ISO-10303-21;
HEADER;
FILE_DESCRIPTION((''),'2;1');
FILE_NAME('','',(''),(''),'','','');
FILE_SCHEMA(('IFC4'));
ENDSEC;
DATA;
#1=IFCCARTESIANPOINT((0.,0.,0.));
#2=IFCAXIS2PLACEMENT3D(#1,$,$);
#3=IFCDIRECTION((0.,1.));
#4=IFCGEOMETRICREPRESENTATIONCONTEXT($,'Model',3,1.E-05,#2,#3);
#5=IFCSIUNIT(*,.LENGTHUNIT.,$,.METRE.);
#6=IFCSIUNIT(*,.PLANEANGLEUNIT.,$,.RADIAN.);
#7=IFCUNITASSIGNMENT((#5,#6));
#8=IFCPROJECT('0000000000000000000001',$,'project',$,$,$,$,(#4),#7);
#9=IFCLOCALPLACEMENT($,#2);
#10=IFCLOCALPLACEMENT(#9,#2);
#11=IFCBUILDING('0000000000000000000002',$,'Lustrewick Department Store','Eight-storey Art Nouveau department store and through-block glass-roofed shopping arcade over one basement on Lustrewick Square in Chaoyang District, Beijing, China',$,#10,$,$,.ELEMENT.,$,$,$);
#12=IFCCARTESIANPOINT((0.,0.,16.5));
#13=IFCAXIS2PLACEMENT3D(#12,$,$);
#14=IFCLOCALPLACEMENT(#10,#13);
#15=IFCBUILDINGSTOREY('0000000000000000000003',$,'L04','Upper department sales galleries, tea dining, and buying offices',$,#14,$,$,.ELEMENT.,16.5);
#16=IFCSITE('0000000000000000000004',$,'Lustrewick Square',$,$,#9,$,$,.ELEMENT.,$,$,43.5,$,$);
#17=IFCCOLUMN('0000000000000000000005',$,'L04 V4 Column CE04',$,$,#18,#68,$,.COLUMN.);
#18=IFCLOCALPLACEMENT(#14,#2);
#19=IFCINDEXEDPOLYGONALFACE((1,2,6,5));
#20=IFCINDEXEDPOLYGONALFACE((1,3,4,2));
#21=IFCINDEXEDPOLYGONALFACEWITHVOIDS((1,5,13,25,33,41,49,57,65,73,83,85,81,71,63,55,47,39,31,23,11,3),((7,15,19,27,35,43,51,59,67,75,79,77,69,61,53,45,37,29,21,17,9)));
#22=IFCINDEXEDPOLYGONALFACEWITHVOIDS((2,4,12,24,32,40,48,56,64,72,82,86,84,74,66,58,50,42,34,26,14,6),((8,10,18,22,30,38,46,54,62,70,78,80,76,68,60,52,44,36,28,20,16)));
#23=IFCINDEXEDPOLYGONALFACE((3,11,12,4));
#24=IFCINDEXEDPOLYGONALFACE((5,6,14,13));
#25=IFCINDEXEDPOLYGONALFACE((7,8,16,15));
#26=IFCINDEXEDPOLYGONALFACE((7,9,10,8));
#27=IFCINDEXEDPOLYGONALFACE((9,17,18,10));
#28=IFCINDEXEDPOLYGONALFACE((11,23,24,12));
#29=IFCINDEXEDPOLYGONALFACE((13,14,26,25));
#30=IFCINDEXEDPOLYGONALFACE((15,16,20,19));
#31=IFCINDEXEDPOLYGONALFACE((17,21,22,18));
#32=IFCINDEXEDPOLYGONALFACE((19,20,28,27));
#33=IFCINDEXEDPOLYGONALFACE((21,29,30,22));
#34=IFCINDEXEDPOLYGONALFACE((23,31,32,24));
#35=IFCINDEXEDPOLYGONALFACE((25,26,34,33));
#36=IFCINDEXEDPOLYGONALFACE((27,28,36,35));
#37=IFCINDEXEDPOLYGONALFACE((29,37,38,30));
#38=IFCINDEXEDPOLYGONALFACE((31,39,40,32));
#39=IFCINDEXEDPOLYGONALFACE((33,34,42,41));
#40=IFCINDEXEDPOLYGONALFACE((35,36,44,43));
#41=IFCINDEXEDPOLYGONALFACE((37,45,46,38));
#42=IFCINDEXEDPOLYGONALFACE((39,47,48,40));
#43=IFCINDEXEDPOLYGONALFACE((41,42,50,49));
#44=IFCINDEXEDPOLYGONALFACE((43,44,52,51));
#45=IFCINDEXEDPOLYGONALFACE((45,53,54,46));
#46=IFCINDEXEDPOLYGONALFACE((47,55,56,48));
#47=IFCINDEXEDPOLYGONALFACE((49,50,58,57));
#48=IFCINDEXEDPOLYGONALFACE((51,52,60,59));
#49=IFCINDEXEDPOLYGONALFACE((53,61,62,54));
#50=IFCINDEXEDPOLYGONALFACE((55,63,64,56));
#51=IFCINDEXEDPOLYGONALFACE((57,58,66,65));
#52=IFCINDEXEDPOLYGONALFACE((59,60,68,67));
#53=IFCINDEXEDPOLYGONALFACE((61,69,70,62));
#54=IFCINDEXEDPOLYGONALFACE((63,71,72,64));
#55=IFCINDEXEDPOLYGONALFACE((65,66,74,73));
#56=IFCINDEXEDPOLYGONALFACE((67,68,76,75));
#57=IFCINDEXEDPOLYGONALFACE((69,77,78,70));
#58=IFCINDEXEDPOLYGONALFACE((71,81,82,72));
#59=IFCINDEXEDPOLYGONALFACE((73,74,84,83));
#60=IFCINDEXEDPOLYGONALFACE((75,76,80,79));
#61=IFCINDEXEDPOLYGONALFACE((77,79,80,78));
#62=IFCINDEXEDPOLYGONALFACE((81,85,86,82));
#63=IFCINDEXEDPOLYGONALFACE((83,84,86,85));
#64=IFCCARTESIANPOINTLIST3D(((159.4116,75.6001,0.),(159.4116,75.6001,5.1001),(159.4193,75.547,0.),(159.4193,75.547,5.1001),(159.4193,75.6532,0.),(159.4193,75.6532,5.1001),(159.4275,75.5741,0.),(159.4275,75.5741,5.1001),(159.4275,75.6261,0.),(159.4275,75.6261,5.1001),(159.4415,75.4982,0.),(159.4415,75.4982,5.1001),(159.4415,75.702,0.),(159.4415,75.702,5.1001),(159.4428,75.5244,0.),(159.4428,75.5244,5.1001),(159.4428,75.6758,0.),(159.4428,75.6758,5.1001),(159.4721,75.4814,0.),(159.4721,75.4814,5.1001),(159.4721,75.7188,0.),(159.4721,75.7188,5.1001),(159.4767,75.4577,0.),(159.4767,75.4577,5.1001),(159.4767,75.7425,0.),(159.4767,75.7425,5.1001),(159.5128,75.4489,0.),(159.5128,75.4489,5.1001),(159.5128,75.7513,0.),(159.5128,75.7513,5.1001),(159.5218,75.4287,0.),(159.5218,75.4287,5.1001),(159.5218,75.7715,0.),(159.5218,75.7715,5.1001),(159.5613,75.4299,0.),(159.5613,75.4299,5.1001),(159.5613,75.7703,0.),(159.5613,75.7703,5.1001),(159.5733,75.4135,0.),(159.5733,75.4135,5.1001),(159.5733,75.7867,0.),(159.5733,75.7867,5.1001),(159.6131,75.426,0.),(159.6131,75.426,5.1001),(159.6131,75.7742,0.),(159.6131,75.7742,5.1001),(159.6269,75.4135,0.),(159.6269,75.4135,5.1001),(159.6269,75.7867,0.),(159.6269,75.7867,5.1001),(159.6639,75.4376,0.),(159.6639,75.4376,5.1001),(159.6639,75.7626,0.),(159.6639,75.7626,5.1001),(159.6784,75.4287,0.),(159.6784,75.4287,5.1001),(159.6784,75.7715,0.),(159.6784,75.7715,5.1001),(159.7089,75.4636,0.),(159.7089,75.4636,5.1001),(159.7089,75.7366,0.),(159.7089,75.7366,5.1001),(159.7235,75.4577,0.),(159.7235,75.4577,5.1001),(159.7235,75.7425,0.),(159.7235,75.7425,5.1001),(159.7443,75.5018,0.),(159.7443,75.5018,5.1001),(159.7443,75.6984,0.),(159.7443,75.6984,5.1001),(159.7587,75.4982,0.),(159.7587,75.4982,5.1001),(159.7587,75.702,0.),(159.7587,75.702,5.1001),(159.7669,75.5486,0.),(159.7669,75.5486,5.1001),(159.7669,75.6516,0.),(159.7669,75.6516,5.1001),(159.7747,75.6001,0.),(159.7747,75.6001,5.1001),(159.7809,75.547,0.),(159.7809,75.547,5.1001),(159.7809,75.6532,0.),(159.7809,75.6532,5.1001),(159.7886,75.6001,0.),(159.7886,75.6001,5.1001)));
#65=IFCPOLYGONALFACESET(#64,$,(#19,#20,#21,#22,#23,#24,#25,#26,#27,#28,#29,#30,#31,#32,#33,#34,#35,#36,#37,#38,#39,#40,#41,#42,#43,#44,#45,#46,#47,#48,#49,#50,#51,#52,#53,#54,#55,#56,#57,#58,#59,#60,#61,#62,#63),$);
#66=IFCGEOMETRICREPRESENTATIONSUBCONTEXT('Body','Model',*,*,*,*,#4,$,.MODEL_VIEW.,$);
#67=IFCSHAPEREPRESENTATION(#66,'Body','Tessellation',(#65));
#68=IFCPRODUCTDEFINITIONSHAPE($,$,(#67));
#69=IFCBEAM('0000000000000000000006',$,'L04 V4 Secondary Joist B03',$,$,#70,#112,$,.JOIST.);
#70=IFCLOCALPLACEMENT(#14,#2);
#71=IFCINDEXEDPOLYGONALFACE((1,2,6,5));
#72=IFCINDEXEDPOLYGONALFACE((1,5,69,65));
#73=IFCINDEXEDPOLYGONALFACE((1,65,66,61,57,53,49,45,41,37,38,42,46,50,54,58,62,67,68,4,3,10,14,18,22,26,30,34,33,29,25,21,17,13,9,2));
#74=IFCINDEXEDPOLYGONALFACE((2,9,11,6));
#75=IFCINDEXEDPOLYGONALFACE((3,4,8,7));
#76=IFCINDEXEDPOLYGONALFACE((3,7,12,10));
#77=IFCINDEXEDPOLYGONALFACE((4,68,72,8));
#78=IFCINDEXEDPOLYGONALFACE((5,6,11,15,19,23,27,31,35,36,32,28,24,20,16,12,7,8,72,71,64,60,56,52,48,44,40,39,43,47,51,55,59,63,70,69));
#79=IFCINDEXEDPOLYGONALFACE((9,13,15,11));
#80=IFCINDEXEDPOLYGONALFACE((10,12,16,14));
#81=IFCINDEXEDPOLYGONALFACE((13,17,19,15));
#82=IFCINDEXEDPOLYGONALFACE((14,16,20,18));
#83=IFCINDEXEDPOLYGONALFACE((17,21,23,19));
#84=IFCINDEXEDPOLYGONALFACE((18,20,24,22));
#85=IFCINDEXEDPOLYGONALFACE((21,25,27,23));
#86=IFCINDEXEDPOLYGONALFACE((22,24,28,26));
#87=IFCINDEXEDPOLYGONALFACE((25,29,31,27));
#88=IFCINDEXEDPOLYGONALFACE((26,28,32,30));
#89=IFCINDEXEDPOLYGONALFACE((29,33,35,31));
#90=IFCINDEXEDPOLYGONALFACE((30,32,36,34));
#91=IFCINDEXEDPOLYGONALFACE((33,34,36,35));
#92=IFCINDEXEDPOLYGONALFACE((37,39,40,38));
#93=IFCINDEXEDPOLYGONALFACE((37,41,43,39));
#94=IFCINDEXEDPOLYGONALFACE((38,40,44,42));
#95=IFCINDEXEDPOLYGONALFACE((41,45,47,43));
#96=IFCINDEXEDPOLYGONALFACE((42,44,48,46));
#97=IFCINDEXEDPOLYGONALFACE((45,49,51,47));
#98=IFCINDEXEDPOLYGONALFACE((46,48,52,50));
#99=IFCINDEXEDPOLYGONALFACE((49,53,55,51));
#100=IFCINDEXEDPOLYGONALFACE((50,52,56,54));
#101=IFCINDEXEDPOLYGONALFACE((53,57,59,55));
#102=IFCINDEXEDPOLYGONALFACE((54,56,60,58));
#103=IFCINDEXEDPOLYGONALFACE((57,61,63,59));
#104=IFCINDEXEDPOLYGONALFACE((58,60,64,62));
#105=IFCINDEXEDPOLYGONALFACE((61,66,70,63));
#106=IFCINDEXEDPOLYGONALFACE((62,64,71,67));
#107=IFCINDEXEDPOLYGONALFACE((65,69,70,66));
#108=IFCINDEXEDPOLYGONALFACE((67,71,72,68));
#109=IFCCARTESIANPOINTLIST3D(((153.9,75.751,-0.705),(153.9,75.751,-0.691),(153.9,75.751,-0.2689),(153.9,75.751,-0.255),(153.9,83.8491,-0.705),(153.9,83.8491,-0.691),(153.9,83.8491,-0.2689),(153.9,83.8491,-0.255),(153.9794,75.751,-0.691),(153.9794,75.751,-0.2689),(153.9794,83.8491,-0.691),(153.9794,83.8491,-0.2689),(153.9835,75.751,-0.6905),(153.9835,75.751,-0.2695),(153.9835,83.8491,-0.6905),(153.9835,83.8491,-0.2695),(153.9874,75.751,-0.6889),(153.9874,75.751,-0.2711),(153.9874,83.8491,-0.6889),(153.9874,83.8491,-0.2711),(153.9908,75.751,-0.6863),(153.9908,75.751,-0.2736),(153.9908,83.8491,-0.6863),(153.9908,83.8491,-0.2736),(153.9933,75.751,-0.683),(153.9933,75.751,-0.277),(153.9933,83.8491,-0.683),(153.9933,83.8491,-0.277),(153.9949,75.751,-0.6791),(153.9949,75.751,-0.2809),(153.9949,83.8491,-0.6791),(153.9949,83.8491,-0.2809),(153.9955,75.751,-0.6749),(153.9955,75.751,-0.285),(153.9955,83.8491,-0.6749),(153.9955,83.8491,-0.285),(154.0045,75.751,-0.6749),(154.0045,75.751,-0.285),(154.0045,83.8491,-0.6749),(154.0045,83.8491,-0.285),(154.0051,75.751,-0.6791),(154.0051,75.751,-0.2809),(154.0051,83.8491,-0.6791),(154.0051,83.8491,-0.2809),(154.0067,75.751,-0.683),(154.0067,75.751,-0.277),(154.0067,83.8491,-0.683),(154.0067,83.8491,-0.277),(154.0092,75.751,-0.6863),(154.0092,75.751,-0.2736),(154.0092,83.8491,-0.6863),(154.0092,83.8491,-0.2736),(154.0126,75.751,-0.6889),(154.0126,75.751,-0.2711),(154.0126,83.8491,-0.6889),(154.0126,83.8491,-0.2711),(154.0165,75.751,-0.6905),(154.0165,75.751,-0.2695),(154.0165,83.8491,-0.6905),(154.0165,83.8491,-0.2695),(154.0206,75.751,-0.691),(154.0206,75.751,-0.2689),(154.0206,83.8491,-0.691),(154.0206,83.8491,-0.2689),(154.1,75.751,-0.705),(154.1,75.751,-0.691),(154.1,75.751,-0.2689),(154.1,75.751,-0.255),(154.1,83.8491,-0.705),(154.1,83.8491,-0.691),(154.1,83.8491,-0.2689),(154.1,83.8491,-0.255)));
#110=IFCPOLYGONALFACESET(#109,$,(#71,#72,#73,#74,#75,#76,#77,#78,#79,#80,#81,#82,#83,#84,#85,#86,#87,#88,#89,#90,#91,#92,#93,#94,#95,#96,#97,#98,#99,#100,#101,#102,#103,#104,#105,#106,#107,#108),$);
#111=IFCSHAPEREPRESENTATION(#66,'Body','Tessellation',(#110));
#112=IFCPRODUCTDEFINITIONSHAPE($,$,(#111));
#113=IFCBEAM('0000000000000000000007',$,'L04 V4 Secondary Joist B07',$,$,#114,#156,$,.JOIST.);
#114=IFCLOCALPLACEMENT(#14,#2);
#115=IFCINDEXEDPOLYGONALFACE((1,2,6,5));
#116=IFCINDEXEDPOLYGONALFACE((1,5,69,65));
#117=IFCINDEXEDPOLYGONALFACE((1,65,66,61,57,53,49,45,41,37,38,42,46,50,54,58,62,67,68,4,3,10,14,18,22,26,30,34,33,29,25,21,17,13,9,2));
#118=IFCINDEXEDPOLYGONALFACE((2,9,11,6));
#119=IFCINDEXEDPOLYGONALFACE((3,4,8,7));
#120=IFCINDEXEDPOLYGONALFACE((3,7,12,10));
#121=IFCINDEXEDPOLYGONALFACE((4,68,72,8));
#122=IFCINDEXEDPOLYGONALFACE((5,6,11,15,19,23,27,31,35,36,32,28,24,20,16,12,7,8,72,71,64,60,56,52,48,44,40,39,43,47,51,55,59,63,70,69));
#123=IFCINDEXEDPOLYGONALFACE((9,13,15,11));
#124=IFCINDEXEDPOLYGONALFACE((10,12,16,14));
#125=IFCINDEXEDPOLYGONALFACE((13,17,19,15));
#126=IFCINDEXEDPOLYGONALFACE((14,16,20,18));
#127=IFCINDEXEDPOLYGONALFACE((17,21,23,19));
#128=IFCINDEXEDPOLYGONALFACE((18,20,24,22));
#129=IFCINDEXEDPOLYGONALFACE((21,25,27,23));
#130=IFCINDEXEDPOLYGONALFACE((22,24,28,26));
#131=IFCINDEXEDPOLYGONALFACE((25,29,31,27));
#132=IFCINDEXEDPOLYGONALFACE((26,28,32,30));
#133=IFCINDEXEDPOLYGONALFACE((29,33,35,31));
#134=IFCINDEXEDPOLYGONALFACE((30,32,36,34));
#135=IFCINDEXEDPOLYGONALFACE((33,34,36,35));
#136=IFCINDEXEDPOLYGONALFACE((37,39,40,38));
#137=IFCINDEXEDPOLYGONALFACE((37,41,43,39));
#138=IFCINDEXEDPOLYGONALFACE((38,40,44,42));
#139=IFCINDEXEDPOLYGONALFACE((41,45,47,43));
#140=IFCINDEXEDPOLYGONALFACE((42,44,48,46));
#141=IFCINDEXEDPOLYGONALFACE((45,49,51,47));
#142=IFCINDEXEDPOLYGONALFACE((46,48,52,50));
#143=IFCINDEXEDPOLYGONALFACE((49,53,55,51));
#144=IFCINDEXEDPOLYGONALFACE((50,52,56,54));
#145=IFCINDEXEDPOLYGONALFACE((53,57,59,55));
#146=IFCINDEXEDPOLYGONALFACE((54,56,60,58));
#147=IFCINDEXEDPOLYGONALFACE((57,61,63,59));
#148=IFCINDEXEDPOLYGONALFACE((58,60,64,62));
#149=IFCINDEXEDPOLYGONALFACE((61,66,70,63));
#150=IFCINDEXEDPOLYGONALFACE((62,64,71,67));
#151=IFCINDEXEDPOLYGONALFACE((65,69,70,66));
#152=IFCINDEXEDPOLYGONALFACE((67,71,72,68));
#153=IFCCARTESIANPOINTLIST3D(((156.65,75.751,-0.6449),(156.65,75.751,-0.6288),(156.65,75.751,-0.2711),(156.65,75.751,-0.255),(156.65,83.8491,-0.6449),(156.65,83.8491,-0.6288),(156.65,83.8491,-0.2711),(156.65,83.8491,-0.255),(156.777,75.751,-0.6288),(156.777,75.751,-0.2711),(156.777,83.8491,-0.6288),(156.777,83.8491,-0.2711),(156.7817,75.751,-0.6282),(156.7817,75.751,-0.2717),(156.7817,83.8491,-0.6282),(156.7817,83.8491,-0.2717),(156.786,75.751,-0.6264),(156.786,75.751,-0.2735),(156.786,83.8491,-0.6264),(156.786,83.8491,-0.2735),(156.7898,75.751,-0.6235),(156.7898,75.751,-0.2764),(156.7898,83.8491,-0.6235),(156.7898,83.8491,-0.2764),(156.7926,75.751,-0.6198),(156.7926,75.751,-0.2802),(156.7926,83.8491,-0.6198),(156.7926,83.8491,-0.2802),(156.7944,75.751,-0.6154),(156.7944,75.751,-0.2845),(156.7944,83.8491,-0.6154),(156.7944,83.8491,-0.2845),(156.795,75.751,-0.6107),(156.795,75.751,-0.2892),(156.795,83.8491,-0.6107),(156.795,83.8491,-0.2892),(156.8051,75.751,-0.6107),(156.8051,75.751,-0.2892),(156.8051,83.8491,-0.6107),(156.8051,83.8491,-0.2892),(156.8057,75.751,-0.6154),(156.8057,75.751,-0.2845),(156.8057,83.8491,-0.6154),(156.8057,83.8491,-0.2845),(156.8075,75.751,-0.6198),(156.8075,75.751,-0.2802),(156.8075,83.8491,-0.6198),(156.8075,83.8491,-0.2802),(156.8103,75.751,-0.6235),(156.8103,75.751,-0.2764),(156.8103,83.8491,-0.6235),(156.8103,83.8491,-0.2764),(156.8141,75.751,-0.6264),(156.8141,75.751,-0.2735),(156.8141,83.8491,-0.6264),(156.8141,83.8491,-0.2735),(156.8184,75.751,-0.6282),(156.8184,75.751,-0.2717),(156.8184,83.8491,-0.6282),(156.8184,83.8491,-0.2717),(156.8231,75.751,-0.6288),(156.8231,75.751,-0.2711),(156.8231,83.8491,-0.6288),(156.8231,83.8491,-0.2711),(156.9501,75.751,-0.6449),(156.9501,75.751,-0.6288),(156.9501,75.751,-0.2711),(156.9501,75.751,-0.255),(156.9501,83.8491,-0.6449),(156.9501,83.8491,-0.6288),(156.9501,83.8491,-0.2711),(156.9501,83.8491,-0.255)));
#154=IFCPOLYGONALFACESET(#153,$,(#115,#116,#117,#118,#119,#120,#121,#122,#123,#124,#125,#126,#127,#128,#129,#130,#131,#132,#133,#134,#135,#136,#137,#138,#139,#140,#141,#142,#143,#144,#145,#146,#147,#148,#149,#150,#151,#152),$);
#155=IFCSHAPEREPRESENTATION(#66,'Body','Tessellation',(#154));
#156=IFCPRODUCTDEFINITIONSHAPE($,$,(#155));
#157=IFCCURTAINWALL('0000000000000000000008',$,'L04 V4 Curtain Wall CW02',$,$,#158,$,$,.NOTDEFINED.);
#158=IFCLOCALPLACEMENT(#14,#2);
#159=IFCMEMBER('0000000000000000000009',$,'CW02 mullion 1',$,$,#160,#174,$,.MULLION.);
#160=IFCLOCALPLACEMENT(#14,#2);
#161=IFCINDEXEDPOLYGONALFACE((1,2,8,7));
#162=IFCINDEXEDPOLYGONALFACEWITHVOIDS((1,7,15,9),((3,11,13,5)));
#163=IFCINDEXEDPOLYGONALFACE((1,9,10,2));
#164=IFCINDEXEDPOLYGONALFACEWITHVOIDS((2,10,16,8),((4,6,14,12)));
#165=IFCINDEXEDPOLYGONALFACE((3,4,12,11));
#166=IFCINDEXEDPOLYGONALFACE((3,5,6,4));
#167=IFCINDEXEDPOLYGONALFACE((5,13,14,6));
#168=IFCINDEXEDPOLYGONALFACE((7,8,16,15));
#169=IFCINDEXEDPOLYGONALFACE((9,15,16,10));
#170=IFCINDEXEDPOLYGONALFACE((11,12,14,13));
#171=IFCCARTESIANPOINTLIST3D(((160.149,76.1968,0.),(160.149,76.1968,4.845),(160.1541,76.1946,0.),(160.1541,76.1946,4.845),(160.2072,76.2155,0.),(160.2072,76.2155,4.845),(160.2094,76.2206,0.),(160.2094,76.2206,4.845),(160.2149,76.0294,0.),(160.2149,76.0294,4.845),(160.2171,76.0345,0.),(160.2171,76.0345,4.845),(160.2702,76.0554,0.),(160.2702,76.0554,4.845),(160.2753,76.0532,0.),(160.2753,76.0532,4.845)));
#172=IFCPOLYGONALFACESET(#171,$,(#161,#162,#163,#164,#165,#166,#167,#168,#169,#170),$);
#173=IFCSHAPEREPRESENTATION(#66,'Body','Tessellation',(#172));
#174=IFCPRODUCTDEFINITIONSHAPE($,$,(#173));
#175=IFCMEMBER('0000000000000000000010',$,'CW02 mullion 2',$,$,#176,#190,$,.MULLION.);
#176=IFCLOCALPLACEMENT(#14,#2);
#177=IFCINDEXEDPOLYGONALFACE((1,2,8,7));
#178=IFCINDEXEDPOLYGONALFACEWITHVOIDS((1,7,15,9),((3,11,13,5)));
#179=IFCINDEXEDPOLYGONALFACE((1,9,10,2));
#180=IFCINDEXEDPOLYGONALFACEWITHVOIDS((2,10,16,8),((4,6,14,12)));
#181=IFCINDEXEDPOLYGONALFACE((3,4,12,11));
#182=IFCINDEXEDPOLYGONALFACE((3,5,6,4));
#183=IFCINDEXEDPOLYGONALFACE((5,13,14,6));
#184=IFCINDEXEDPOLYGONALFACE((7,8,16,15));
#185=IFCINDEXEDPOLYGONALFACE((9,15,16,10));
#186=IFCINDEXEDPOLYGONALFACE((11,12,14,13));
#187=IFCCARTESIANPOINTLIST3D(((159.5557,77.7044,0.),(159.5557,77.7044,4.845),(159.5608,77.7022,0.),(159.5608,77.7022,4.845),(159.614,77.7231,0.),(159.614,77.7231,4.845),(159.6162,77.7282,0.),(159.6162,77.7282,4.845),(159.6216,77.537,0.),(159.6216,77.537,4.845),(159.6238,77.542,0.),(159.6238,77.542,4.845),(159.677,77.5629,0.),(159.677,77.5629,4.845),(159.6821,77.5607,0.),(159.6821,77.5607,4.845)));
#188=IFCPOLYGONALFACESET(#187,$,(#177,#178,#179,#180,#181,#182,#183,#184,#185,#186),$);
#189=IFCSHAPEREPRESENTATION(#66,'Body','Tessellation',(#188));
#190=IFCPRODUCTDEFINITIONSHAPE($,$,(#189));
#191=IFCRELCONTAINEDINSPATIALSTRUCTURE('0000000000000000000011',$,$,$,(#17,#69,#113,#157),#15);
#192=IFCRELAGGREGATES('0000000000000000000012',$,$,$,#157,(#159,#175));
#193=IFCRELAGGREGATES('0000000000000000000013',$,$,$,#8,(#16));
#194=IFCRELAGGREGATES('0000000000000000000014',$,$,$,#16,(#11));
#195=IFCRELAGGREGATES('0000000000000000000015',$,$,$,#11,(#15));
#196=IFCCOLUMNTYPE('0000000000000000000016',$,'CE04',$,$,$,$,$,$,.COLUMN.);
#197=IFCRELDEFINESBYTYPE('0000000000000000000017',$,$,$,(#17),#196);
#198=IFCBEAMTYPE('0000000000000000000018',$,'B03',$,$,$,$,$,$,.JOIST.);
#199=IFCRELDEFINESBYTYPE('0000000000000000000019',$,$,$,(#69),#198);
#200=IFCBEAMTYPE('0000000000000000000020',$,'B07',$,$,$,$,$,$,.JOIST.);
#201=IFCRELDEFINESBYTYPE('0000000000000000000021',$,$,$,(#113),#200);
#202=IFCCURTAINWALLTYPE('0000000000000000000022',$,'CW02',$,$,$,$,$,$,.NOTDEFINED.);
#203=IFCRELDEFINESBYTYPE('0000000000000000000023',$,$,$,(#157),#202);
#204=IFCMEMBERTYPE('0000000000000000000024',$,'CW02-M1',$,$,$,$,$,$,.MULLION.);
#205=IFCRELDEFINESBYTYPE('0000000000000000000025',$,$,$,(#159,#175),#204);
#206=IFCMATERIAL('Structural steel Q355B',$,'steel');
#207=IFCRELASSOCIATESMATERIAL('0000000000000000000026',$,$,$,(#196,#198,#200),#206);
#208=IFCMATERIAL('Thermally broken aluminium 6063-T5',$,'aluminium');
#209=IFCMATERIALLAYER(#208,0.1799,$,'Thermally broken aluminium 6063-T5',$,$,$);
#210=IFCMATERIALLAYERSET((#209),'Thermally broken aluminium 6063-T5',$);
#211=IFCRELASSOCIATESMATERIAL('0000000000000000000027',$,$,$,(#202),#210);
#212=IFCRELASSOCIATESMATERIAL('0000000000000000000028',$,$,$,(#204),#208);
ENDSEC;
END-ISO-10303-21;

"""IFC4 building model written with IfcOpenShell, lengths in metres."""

from ifc_helpers import new_model, si_unit, direction, frame, origin, origin_2d, place, context, subcontext, project, spatial, hollow_rectangle, hollow_circle, i_section, extrude, material, layer, layer_set, material_profile, profile_set, type_object, element, aggregate, save


model = new_model("IFC4")

# Units and contexts
model_context = context("Model", 3, precision=1e-05, world=origin(), true_north=direction((0.0, 1.0)))
body_context = subcontext(model_context, "Body", "Model", "MODEL_VIEW")
ifc_project = project(units=[si_unit("LENGTHUNIT", "METRE"), si_unit("PLANEANGLEUNIT", "RADIAN")], contexts=[model_context])

# Site, building, storey
site_placement = place(None, origin())
site = spatial("IfcSite", under=ifc_project, at=site_placement, Name="Lustrewick Square", CompositionType="ELEMENT", RefElevation=43.5)
building_placement = place(site_placement, origin())
building = spatial("IfcBuilding", under=site, at=building_placement, Name="Lustrewick Department Store", Description="Eight-storey Art Nouveau department store and through-block glass-roofed shopping arcade over one basement on Lustrewick Square in Chaoyang District, Beijing, China", CompositionType="ELEMENT")
storey_placement = place(building_placement, frame((0.0, 0.0, 16.5)))
storey = spatial("IfcBuildingStorey", under=building, at=storey_placement, Name="L04", Description="Upper department sales galleries, tea dining, and buying offices", CompositionType="ELEMENT", Elevation=16.5)

# Column
ifc_material_1 = material(Name="Structural steel Q355B", Category="steel")
ifc_material_profile_1 = material_profile(ifc_material_1, hollow_circle(Radius=0.1885, WallThickness=0.0139, at=origin_2d()), Name="CHS 377x14")
ifc_profile_set_1 = profile_set([ifc_material_profile_1], Name="Structural steel Q355B")
column_type = type_object("IfcColumnType", Name="CE04", PredefinedType="COLUMN", material=ifc_profile_set_1)
column_placement = place(storey_placement, frame((159.6001, 75.6001, 0.0), z_axis=(0.0, 0.0, 1.0), x_axis=(1.0, 0.0, 0.0)))
element("IfcColumn", 1, at=column_placement, inside=storey, type_object=column_type, Name="L04 V4 Column CE04", PredefinedType="COLUMN", context=body_context, shape_type="SweptSolid", body=[
    extrude(hollow_circle(Radius=0.1885, WallThickness=0.0139, at=origin_2d()), origin(), (0.0, 0.0, 1.0), 5.1001),
])

# Beams
ifc_material_profile_2 = material_profile(ifc_material_1, i_section(OverallWidth=0.2, OverallDepth=0.45, WebThickness=0.009, FlangeThickness=0.0139, FilletRadius=0.0161, at=origin_2d()), Name="HN 450x200x9x14")
ifc_profile_set_2 = profile_set([ifc_material_profile_2], Name="Structural steel Q355B")
beam_type_1 = type_object("IfcBeamType", Name="B03", PredefinedType="JOIST", material=ifc_profile_set_2)
beam_1_placement = place(storey_placement, frame((154.0, 75.751, -0.48), z_axis=(0.0, 1.0, 0.0), x_axis=(-1.0, 0.0, 0.0)))
element("IfcBeam", 2, at=beam_1_placement, inside=storey, type_object=beam_type_1, Name="L04 V4 Secondary Joist B03", PredefinedType="JOIST", context=body_context, shape_type="SweptSolid", body=[
    extrude(i_section(OverallWidth=0.2, OverallDepth=0.45, WebThickness=0.009, FlangeThickness=0.0139, FilletRadius=0.0161, at=origin_2d()), origin(), (0.0, 0.0, 1.0), 8.0981),
])
ifc_material_profile_3 = material_profile(ifc_material_1, i_section(OverallWidth=0.3, OverallDepth=0.3899, WebThickness=0.01, FlangeThickness=0.0161, FilletRadius=0.0181, at=origin_2d()), Name="HM 390x300x10x16")
ifc_profile_set_3 = profile_set([ifc_material_profile_3], Name="Structural steel Q355B")
beam_type_2 = type_object("IfcBeamType", Name="B07", PredefinedType="JOIST", material=ifc_profile_set_3)
beam_2_placement = place(storey_placement, frame((156.8, 75.751, -0.45), z_axis=(0.0, 1.0, 0.0), x_axis=(-1.0, 0.0, 0.0)))
element("IfcBeam", 3, at=beam_2_placement, inside=storey, type_object=beam_type_2, Name="L04 V4 Secondary Joist B07", PredefinedType="JOIST", context=body_context, shape_type="SweptSolid", body=[
    extrude(i_section(OverallWidth=0.3, OverallDepth=0.3899, WebThickness=0.01, FlangeThickness=0.0161, FilletRadius=0.0181, at=origin_2d()), origin(), (0.0, 0.0, 1.0), 8.0981),
])

# Curtain wall, members
ifc_material_2 = material(Name="Thermally broken aluminium 6063-T5", Category="aluminium")
ifc_layer_1 = layer(ifc_material_2, 0.1799, Name="Thermally broken aluminium 6063-T5")
ifc_layer_set_1 = layer_set([ifc_layer_1], Name="Thermally broken aluminium 6063-T5")
curtain_wall_type_1 = type_object("IfcCurtainWallType", Name="CW02", PredefinedType="NOTDEFINED", material=ifc_layer_set_1)
curtain_wall_1_placement = place(storey_placement, origin())
curtain_wall_1 = element("IfcCurtainWall", 4, at=curtain_wall_1_placement, inside=storey, type_object=curtain_wall_type_1, Name="L04 V4 Curtain Wall CW02", PredefinedType="NOTDEFINED")
ifc_material_profile_4 = material_profile(ifc_material_2, hollow_rectangle(XDim=0.0649, YDim=0.1799, WallThickness=0.0039, at=origin_2d()), Name="ALU-M 65x180x4")
ifc_profile_set_4 = profile_set([ifc_material_profile_4], Name="Thermally broken aluminium 6063-T5")
member_type_1 = type_object("IfcMemberType", Name="CW02-M1", PredefinedType="MULLION", material=ifc_profile_set_4)
member_1_placement = place(storey_placement, frame((160.2122, 76.125, 0.0), z_axis=(0.0, 0.0, 1.0), x_axis=(-0.93057, -0.366115, 0.0)))
member_1 = element("IfcMember", 5, at=member_1_placement, type_object=member_type_1, Name="CW02 mullion 1", PredefinedType="MULLION", context=body_context, shape_type="SweptSolid", body=[
    extrude(hollow_rectangle(XDim=0.0649, YDim=0.1799, WallThickness=0.0039, at=origin_2d()), origin(), (0.0, 0.0, 1.0), 4.845),
])
member_2_placement = place(storey_placement, frame((159.6189, 77.6326, 0.0), z_axis=(0.0, 0.0, 1.0), x_axis=(-0.93057, -0.366115, 0.0)))
member_2 = element("IfcMember", 6, at=member_2_placement, type_object=member_type_1, Name="CW02 mullion 2", PredefinedType="MULLION", context=body_context, shape_type="SweptSolid", body=[
    extrude(hollow_rectangle(XDim=0.0649, YDim=0.1799, WallThickness=0.0039, at=origin_2d()), origin(), (0.0, 0.0, 1.0), 4.845),
])

aggregate(curtain_wall_1, [member_1, member_2])

save(model, "model.ifc")
